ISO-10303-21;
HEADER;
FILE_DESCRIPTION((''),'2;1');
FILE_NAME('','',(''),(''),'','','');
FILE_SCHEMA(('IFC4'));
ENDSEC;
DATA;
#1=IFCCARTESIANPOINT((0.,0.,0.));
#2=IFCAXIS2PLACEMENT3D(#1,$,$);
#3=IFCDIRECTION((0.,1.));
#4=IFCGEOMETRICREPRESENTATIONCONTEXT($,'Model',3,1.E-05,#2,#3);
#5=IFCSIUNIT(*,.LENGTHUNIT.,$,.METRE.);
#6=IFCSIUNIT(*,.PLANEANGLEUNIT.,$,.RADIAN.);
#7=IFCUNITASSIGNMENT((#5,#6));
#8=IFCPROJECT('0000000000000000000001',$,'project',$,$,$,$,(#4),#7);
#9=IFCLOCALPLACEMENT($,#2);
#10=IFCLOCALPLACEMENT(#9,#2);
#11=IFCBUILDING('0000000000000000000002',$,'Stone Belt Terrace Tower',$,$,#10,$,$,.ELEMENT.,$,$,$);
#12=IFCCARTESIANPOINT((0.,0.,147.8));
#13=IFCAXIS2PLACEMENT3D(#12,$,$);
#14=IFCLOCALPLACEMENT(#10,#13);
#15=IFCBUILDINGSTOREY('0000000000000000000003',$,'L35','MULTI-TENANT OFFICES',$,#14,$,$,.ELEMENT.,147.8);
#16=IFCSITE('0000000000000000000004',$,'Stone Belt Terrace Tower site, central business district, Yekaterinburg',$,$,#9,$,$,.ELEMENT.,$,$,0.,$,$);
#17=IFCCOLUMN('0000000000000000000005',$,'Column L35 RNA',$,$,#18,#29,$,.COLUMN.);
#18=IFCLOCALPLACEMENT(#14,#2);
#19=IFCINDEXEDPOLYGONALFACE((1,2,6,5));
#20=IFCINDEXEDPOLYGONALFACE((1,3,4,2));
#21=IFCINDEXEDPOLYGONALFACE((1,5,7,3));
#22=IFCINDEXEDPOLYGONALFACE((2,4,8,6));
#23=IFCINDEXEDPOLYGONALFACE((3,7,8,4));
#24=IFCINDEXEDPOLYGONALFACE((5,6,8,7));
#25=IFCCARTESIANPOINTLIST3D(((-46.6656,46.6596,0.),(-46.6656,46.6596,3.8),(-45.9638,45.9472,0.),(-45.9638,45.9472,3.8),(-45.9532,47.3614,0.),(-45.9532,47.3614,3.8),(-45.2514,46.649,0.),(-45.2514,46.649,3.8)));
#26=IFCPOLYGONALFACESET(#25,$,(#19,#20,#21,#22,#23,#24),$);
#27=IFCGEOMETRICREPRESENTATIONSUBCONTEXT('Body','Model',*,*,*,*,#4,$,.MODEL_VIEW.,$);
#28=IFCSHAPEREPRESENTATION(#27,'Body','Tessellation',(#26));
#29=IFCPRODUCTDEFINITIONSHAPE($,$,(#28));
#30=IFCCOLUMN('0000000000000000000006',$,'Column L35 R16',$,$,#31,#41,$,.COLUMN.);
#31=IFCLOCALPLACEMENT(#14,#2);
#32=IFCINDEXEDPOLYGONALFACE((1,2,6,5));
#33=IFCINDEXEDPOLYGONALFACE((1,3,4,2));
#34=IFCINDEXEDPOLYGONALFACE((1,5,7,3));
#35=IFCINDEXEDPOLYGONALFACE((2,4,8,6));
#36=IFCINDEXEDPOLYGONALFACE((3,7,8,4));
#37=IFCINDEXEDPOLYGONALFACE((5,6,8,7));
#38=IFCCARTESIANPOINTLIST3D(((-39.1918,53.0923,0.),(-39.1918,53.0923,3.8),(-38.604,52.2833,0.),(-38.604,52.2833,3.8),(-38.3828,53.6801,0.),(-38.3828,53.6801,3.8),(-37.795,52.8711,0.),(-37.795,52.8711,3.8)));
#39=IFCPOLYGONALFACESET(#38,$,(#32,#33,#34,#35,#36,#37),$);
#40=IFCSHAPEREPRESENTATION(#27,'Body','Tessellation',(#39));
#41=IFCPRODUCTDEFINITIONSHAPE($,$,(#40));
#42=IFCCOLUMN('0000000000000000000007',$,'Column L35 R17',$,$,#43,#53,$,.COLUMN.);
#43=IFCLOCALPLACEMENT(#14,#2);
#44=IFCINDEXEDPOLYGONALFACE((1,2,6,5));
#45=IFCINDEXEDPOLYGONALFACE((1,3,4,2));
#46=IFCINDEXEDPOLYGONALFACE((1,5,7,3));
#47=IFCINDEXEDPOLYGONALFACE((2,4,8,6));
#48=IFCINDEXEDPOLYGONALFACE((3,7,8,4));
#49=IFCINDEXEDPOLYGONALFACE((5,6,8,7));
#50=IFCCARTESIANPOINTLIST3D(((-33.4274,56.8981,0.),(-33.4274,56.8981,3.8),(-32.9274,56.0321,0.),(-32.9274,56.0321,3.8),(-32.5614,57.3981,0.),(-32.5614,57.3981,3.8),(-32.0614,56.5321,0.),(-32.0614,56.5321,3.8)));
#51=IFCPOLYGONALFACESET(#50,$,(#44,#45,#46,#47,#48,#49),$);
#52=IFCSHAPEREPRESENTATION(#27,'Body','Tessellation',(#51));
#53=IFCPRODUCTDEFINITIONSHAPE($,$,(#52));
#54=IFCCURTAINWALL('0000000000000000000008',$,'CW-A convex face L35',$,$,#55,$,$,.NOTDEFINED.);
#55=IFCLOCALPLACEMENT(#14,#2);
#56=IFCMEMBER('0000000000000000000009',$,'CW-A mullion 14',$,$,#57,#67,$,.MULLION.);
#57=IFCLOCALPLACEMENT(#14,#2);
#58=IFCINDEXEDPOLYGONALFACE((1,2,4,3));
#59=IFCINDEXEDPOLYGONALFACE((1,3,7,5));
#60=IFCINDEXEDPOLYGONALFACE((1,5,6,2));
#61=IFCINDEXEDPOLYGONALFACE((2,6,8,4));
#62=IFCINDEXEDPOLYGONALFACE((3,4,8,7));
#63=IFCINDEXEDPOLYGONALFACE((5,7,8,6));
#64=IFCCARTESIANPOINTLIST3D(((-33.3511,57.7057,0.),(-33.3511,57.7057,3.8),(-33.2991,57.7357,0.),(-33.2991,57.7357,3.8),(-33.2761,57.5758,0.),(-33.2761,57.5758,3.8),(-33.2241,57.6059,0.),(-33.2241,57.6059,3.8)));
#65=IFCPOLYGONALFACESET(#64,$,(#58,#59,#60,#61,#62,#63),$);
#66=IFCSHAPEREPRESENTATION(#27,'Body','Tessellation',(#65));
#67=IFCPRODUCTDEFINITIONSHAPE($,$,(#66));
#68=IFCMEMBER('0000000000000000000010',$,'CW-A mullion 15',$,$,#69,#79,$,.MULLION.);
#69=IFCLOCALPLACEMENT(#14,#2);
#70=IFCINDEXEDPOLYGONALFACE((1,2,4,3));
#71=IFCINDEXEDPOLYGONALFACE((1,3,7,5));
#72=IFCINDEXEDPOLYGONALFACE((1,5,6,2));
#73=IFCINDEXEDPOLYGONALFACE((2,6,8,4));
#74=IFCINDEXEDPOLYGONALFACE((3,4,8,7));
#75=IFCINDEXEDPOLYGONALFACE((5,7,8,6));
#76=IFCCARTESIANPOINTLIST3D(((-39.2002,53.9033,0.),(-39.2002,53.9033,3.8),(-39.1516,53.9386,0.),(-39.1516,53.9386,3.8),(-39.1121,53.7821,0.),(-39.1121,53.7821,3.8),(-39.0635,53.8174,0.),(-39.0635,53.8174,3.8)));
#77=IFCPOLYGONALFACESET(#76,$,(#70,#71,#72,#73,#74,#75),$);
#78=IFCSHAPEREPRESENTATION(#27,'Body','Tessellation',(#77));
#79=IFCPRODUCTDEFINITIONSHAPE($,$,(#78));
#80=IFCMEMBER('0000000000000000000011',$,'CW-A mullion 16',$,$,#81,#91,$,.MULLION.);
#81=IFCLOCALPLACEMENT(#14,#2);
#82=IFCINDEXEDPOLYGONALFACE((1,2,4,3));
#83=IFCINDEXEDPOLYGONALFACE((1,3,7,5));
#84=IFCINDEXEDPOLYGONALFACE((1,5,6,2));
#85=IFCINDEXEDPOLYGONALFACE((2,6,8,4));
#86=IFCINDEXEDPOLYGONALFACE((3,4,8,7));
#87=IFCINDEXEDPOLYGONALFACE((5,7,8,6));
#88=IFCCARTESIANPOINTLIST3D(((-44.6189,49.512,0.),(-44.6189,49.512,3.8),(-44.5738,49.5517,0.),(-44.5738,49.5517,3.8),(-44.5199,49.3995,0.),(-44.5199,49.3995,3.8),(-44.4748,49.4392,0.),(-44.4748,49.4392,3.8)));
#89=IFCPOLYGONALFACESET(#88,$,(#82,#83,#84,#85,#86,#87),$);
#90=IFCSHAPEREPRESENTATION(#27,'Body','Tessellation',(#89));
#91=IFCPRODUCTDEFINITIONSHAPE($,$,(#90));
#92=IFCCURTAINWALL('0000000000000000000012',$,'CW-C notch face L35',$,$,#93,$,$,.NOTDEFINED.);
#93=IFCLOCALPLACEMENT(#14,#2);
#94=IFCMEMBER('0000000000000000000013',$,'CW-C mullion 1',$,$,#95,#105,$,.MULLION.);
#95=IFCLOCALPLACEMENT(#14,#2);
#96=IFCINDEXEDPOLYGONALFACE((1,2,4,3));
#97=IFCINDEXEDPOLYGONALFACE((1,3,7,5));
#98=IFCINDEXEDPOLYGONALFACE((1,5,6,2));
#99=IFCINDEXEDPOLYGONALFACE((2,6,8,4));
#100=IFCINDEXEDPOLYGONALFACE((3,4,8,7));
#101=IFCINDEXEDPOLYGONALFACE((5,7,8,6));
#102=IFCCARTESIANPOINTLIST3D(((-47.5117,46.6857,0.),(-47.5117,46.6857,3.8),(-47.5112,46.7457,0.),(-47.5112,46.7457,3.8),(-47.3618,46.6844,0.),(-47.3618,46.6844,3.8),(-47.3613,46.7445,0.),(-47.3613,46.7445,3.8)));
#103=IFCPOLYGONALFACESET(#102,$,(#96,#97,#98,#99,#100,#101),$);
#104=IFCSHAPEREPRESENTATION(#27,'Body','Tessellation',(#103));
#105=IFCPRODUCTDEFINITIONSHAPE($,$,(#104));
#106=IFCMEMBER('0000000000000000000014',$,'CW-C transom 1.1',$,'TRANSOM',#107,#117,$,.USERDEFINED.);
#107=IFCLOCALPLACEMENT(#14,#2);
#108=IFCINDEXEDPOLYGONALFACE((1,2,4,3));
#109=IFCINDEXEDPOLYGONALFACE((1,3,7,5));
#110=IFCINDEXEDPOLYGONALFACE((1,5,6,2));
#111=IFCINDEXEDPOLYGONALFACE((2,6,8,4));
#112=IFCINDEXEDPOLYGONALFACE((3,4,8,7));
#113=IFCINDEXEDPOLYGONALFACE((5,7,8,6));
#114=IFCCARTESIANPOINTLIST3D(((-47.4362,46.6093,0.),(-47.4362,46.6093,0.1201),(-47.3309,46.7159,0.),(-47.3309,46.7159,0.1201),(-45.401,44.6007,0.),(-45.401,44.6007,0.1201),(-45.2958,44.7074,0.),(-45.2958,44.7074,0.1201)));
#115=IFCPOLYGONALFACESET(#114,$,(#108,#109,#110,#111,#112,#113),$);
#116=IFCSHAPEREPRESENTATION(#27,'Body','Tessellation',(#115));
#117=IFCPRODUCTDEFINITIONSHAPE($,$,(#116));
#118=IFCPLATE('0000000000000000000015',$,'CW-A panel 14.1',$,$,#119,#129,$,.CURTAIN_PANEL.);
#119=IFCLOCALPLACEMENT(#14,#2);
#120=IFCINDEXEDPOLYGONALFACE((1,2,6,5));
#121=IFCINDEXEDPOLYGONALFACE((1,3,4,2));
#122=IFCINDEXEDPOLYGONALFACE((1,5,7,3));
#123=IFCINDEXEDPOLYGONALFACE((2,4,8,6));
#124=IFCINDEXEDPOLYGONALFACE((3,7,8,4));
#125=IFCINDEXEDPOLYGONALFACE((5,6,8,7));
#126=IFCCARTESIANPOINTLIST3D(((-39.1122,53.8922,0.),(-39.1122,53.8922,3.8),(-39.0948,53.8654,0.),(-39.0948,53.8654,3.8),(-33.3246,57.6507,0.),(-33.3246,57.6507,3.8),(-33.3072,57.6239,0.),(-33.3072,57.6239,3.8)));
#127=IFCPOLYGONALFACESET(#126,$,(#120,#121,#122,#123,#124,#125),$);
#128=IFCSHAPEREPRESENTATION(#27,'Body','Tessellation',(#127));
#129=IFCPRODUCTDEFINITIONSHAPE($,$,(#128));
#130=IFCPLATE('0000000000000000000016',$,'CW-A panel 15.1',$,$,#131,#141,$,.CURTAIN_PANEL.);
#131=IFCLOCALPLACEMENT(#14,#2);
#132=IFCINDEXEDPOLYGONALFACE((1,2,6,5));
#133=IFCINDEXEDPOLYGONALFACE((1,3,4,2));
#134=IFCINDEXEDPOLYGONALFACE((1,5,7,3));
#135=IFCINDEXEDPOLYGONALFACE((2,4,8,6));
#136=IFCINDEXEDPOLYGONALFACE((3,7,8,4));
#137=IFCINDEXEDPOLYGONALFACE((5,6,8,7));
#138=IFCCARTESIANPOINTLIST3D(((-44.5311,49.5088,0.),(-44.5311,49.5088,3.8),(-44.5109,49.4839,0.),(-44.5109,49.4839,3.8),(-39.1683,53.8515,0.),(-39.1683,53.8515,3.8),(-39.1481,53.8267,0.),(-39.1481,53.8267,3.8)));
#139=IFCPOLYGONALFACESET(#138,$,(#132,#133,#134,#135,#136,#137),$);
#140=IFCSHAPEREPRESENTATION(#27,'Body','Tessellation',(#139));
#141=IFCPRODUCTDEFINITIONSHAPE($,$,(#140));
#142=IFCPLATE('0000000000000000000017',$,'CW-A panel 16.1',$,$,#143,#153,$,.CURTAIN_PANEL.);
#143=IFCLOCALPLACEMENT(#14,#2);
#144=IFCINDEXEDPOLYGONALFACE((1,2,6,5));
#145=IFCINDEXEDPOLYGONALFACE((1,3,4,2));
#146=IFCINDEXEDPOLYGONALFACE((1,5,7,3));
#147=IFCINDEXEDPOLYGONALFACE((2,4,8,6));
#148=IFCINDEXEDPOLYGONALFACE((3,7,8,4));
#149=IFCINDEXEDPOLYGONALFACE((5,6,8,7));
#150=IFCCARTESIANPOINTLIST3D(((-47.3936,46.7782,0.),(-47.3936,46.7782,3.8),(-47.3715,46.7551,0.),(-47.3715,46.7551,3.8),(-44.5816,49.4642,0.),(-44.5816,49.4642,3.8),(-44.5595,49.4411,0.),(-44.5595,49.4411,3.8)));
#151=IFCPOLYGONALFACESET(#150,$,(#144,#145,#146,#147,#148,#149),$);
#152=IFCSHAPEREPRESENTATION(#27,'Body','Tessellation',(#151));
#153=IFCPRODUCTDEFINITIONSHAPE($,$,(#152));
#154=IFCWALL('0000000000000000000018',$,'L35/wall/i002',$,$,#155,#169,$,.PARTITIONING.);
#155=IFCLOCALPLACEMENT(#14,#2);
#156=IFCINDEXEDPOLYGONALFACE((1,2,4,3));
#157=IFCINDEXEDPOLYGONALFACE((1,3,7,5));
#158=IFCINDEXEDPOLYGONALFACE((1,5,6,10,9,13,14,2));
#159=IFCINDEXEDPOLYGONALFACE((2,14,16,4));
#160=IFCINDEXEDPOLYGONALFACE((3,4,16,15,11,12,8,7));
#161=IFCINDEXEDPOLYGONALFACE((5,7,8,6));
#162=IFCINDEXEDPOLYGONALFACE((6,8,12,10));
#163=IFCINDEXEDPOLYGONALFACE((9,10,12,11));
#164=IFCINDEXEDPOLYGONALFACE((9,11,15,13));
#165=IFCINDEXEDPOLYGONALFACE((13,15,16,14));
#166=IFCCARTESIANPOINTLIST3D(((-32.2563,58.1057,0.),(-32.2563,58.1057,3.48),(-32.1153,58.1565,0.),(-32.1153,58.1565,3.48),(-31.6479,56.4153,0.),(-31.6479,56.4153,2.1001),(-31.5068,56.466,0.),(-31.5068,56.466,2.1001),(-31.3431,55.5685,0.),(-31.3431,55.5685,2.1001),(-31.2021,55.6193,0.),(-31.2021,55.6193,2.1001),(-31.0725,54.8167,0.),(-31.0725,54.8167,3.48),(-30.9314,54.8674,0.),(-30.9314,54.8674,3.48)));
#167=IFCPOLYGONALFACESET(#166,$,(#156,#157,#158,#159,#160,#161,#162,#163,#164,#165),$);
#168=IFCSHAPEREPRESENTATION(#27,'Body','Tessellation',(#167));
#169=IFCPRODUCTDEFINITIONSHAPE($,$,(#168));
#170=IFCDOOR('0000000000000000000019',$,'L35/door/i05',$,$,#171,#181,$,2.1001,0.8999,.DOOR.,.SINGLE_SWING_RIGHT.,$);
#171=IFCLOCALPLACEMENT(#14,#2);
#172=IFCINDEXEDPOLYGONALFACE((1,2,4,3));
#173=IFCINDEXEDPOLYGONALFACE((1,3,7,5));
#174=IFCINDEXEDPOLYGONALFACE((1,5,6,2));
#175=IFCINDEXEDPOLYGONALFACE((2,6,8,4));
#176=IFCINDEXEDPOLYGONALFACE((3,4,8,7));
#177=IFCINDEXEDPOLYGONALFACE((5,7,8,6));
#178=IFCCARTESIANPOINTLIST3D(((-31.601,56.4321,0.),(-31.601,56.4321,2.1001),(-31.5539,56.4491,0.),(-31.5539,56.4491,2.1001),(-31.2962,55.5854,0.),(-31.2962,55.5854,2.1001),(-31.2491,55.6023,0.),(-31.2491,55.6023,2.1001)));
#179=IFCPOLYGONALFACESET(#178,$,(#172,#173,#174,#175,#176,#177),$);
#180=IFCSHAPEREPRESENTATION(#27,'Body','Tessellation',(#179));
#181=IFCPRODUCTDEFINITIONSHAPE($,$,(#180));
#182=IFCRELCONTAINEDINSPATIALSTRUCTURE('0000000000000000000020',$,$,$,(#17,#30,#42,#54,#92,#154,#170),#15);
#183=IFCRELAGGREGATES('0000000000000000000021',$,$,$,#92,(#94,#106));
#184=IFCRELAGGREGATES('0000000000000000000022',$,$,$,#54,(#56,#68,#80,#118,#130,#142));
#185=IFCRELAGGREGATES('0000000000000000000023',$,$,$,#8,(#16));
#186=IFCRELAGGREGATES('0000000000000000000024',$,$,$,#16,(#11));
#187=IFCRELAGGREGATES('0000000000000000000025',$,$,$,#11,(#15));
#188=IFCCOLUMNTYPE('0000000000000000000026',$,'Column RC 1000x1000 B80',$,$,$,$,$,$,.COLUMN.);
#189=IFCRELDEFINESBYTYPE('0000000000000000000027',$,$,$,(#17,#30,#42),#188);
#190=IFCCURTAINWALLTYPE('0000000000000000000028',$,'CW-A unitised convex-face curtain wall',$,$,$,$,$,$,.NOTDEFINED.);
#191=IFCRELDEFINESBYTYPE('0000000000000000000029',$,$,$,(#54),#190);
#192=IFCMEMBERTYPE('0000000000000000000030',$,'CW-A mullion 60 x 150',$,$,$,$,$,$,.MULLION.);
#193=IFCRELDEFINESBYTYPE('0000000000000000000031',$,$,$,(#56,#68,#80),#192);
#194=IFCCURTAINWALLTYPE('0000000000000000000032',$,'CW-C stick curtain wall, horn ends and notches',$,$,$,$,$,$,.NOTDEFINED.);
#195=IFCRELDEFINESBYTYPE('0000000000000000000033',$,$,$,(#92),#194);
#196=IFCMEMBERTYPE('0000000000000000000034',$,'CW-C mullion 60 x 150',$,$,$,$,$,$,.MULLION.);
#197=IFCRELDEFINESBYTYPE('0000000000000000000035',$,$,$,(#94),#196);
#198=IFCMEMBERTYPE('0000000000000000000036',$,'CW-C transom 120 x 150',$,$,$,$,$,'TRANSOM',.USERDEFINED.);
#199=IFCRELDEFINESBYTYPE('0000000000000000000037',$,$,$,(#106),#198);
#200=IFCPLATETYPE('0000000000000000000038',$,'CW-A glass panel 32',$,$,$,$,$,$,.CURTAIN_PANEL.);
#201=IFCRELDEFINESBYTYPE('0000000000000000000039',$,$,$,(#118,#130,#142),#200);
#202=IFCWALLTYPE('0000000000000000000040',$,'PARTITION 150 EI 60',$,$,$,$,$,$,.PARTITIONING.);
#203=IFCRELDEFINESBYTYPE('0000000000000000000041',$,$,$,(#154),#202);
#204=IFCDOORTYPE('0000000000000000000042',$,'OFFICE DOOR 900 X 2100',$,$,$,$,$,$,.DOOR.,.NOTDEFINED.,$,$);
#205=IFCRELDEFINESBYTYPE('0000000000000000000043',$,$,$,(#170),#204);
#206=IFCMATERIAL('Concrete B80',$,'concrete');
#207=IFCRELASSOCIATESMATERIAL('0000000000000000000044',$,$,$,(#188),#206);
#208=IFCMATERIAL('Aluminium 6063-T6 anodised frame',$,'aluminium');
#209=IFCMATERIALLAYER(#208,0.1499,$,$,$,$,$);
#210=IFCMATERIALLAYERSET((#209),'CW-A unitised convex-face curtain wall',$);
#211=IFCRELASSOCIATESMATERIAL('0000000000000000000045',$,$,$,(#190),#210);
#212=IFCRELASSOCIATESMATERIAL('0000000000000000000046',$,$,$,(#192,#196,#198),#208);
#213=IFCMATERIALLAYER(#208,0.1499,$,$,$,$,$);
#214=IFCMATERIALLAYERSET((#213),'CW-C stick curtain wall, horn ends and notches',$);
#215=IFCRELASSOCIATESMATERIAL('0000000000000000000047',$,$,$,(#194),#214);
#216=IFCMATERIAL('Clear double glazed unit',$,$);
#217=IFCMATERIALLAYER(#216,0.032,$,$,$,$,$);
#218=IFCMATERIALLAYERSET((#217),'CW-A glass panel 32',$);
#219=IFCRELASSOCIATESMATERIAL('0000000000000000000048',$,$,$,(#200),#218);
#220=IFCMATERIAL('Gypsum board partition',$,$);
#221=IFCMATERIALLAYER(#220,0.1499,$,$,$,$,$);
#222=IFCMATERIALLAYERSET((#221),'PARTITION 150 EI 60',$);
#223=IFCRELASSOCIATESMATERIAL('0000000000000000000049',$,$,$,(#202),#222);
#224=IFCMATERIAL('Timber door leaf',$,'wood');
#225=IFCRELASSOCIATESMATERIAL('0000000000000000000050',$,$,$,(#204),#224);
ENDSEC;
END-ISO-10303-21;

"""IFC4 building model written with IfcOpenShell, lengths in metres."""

from ifc_helpers import new_model, si_unit, direction, frame, frame_2d, origin, origin_2d, place, context, subcontext, project, spatial, rectangle, extrude, material, layer, layer_set, material_profile, profile_set, type_object, element, fill, aggregate, save


model = new_model("IFC4")

# Units and contexts
model_context = context("Model", 3, precision=1e-05, world=origin(), true_north=direction((0.0, 1.0)))
body_context = subcontext(model_context, "Body", "Model", "MODEL_VIEW")
ifc_project = project(units=[si_unit("LENGTHUNIT", "METRE"), si_unit("PLANEANGLEUNIT", "RADIAN")], contexts=[model_context])

# Site, building, storey
site_placement = place(None, origin())
site = spatial("IfcSite", under=ifc_project, at=site_placement, Name="Stone Belt Terrace Tower site, central business district, Yekaterinburg", CompositionType="ELEMENT", RefElevation=0.0)
building_placement = place(site_placement, origin())
building = spatial("IfcBuilding", under=site, at=building_placement, Name="Stone Belt Terrace Tower", CompositionType="ELEMENT")
storey_placement = place(building_placement, frame((0.0, 0.0, 147.8)))
storey = spatial("IfcBuildingStorey", under=building, at=storey_placement, Name="L35", Description="MULTI-TENANT OFFICES", CompositionType="ELEMENT", Elevation=147.8)

# Columns
ifc_material_1 = material(Name="Concrete B80", Category="concrete")
ifc_material_profile_1 = material_profile(ifc_material_1, rectangle(XDim=1.0, YDim=1.0, at=origin_2d()), Name="RC 1000x1000")
ifc_profile_set_1 = profile_set([ifc_material_profile_1], Name="Concrete B80")
column_type = type_object("IfcColumnType", Name="Column RC 1000x1000 B80", PredefinedType="COLUMN", material=ifc_profile_set_1)
for number, where, z_axis, x_axis, name in (
    (1, (-45.9585, 46.6543, 0.0), (0.0, 0.0, 1.0), (0.712398, 0.701775, 0.0), "Column L35 RNA"),
    (2, (-38.4934, 52.9817, 0.0), (0.0, 0.0, 1.0), (0.809017, 0.587785, 0.0), "Column L35 R16"),
    (3, (-32.7444, 56.7151, 0.0), (0.0, 0.0, 1.0), (0.866025, 0.5, 0.0), "Column L35 R17"),
):
    element("IfcColumn", number, at=place(storey_placement, frame(where, z_axis=z_axis, x_axis=x_axis)), inside=storey, type_object=column_type, Name=name, PredefinedType="COLUMN", context=body_context, shape_type="SweptSolid", body=[
        extrude(rectangle(XDim=1.0, YDim=1.0, at=origin_2d()), origin(), (0.0, 0.0, 1.0), 3.8),
    ])

# Curtain walls, members
ifc_material_2 = material(Name="Aluminium 6063-T6 anodised frame", Category="aluminium")
ifc_layer_1 = layer(ifc_material_2, 0.1499)
ifc_layer_set_1 = layer_set([ifc_layer_1], Name="CW-A unitised convex-face curtain wall")
curtain_wall_type_1 = type_object("IfcCurtainWallType", Name="CW-A unitised convex-face curtain wall", PredefinedType="NOTDEFINED", material=ifc_layer_set_1)
curtain_wall_1_placement = place(storey_placement, origin())
curtain_wall_1 = element("IfcCurtainWall", 4, at=curtain_wall_1_placement, inside=storey, type_object=curtain_wall_type_1, Name="CW-A convex face L35", PredefinedType="NOTDEFINED")
ifc_material_profile_2 = material_profile(ifc_material_2, rectangle(XDim=0.1499, YDim=0.0601, at=origin_2d()), Name="Aluminium 6063-T6 60x150")
ifc_profile_set_2 = profile_set([ifc_material_profile_2], Name="Aluminium 6063-T6 anodised frame")
member_type_1 = type_object("IfcMemberType", Name="CW-A mullion 60 x 150", PredefinedType="MULLION", material=ifc_profile_set_2)
member_1_placement = place(storey_placement, frame((-33.2876, 57.6558, 0.0), z_axis=(0.0, 0.0, 1.0), x_axis=(0.5, -0.866025, 0.0)))
member_1 = element("IfcMember", 5, at=member_1_placement, type_object=member_type_1, Name="CW-A mullion 14", PredefinedType="MULLION", context=body_context, shape_type="SweptSolid", body=[
    extrude(rectangle(XDim=0.1499, YDim=0.0601, at=origin_2d()), origin(), (0.0, 0.0, 1.0), 3.8),
])
member_2_placement = place(storey_placement, frame((-39.1318, 53.8604, 0.0), z_axis=(0.0, 0.0, 1.0), x_axis=(0.587785, -0.809017, 0.0)))
member_2 = element("IfcMember", 6, at=member_2_placement, type_object=member_type_1, Name="CW-A mullion 15", PredefinedType="MULLION", context=body_context, shape_type="SweptSolid", body=[
    extrude(rectangle(XDim=0.1499, YDim=0.0601, at=origin_2d()), origin(), (0.0, 0.0, 1.0), 3.8),
])
member_3_placement = place(storey_placement, frame((-44.5469, 49.4756, 0.0), z_axis=(0.0, 0.0, 1.0), x_axis=(0.660573, -0.750761, 0.0)))
member_3 = element("IfcMember", 7, at=member_3_placement, type_object=member_type_1, Name="CW-A mullion 16", PredefinedType="MULLION", context=body_context, shape_type="SweptSolid", body=[
    extrude(rectangle(XDim=0.1499, YDim=0.0601, at=origin_2d()), origin(), (0.0, 0.0, 1.0), 3.8),
])
ifc_layer_2 = layer(ifc_material_2, 0.1499)
ifc_layer_set_2 = layer_set([ifc_layer_2], Name="CW-C stick curtain wall, horn ends and notches")
curtain_wall_type_2 = type_object("IfcCurtainWallType", Name="CW-C stick curtain wall, horn ends and notches", PredefinedType="NOTDEFINED", material=ifc_layer_set_2)
curtain_wall_2_placement = place(storey_placement, origin())
curtain_wall_2 = element("IfcCurtainWall", 8, at=curtain_wall_2_placement, inside=storey, type_object=curtain_wall_type_2, Name="CW-C notch face L35", PredefinedType="NOTDEFINED")
ifc_material_profile_3 = material_profile(ifc_material_2, rectangle(XDim=0.1499, YDim=0.0601, at=origin_2d()), Name="Aluminium 6063-T6 60x150")
ifc_profile_set_3 = profile_set([ifc_material_profile_3], Name="Aluminium 6063-T6 anodised frame")
member_type_2 = type_object("IfcMemberType", Name="CW-C mullion 60 x 150", PredefinedType="MULLION", material=ifc_profile_set_3)
member_4_placement = place(storey_placement, frame((-47.4365, 46.7151, 0.0), z_axis=(0.0, 0.0, 1.0), x_axis=(0.999966, -0.008188, 0.0)))
member_4 = element("IfcMember", 9, at=member_4_placement, type_object=member_type_2, Name="CW-C mullion 1", PredefinedType="MULLION", context=body_context, shape_type="SweptSolid", body=[
    extrude(rectangle(XDim=0.1499, YDim=0.0601, at=origin_2d()), origin(), (0.0, 0.0, 1.0), 3.8),
])
ifc_material_profile_4 = material_profile(ifc_material_2, rectangle(XDim=0.1499, YDim=0.1201, at=origin_2d()), Name="Aluminium 6063-T6 150x120")
ifc_profile_set_4 = profile_set([ifc_material_profile_4], Name="Aluminium 6063-T6 anodised frame")
member_type_3 = type_object("IfcMemberType", Name="CW-C transom 120 x 150", ElementType="TRANSOM", PredefinedType="USERDEFINED", material=ifc_profile_set_4)
member_5_placement = place(storey_placement, frame((-47.3835, 46.6626, 0.0601), z_axis=(0.711745, -0.702438, 0.0), x_axis=(0.702438, 0.711745, 0.0)))
member_5 = element("IfcMember", 10, at=member_5_placement, type_object=member_type_3, Name="CW-C transom 1.1", ObjectType="TRANSOM", PredefinedType="USERDEFINED", context=body_context, shape_type="SweptSolid", body=[
    extrude(rectangle(XDim=0.1499, YDim=0.1201, at=origin_2d()), origin(), (0.0, 0.0, 1.0), 2.8594),
])
aggregate(curtain_wall_2, [member_4, member_5])

# Plates
ifc_material_3 = material(Name="Clear double glazed unit")
ifc_layer_3 = layer(ifc_material_3, 0.032)
ifc_layer_set_3 = layer_set([ifc_layer_3], Name="CW-A glass panel 32")
plate_type = type_object("IfcPlateType", Name="CW-A glass panel 32", PredefinedType="CURTAIN_PANEL", material=ifc_layer_set_3)
plate_1_placement = place(storey_placement, frame((-36.2097, 55.7581, 0.0), z_axis=(0.0, 0.0, 1.0), x_axis=(-0.838671, -0.544639, 0.0)))
plate_1 = element("IfcPlate", 11, at=plate_1_placement, type_object=plate_type, Name="CW-A panel 14.1", PredefinedType="CURTAIN_PANEL", context=body_context, shape_type="SweptSolid", body=[
    extrude(rectangle(XDim=6.9009, YDim=0.032, at=origin_2d()), origin(), (0.0, 0.0, 1.0), 3.8),
])
plate_2_placement = place(storey_placement, frame((-41.8396, 51.6677, 0.0), z_axis=(0.0, 0.0, 1.0), x_axis=(-0.777146, -0.62932, 0.0)))
plate_2 = element("IfcPlate", 12, at=plate_2_placement, type_object=plate_type, Name="CW-A panel 15.1", PredefinedType="CURTAIN_PANEL", context=body_context, shape_type="SweptSolid", body=[
    extrude(rectangle(XDim=6.9006, YDim=0.032, at=origin_2d()), origin(), (0.0, 0.0, 1.0), 3.8),
])
plate_3_placement = place(storey_placement, frame((-45.9766, 48.1096, 0.0), z_axis=(0.0, 0.0, 1.0), x_axis=(-0.723121, -0.690721, 0.0)))
plate_3 = element("IfcPlate", 13, at=plate_3_placement, type_object=plate_type, Name="CW-A panel 16.1", PredefinedType="CURTAIN_PANEL", context=body_context, shape_type="SweptSolid", body=[
    extrude(rectangle(XDim=3.8887, YDim=0.032, at=origin_2d()), origin(), (0.0, 0.0, 1.0), 3.8),
])
aggregate(curtain_wall_1, [member_1, member_2, member_3, plate_1, plate_2, plate_3])

# Wall, opening, door
ifc_material_4 = material(Name="Gypsum board partition")
ifc_layer_4 = layer(ifc_material_4, 0.1499)
ifc_layer_set_4 = layer_set([ifc_layer_4], Name="PARTITION 150 EI 60")
wall_type = type_object("IfcWallType", Name="PARTITION 150 EI 60", PredefinedType="PARTITIONING", material=ifc_layer_set_4)
wall_1_placement = place(storey_placement, frame((-32.1858, 58.1311, 0.0), z_axis=(0.0, 0.0, 1.0), x_axis=(0.338663, -0.940908, 0.0)))
wall_1 = element("IfcWall", 14, at=wall_1_placement, inside=storey, type_object=wall_type, Name="L35/wall/i002", PredefinedType="PARTITIONING", context=body_context, shape_type="SweptSolid", body=[
    extrude(rectangle(XDim=3.4956, YDim=0.1499, at=frame_2d((1.7478, 0.0))), origin(), (0.0, 0.0, 1.0), 3.48),
])
opening_1_placement = place(wall_1_placement, frame((1.7966, 0.0, 0.0)))
opening_1 = element("IfcOpeningElement", 15, at=opening_1_placement, cuts=wall_1, PredefinedType="OPENING", context=body_context, shape_type="SweptSolid", body=[
    extrude(rectangle(XDim=0.8999, YDim=2.1001, at=frame_2d((0.45, 1.05))), frame((0.0, 0.085, 0.0), z_axis=(0.0, -1.0, 0.0), x_axis=(1.0, 0.0, 0.0)), (0.0, 0.0, 1.0), 0.1699),
])
ifc_material_5 = material(Name="Timber door leaf", Category="wood")
door_type = type_object("IfcDoorType", Name="OFFICE DOOR 900 X 2100", OperationType="NOTDEFINED", PredefinedType="DOOR", material=ifc_material_5)
door_1_placement = place(opening_1_placement, origin())
door_1 = element("IfcDoor", 16, at=door_1_placement, inside=storey, type_object=door_type, Name="L35/door/i05", OperationType="SINGLE_SWING_RIGHT", OverallHeight=2.1001, OverallWidth=0.8999, PredefinedType="DOOR", context=body_context, shape_type="SweptSolid", body=[
    extrude(rectangle(XDim=0.8999, YDim=2.1001, at=frame_2d((0.45, 1.05))), frame((0.0, 0.0249, 0.0), z_axis=(0.0, -1.0, 0.0), x_axis=(1.0, 0.0, 0.0)), (0.0, 0.0, 1.0), 0.05),
])
fill(opening_1, door_1)

save(model, "model.ifc")
